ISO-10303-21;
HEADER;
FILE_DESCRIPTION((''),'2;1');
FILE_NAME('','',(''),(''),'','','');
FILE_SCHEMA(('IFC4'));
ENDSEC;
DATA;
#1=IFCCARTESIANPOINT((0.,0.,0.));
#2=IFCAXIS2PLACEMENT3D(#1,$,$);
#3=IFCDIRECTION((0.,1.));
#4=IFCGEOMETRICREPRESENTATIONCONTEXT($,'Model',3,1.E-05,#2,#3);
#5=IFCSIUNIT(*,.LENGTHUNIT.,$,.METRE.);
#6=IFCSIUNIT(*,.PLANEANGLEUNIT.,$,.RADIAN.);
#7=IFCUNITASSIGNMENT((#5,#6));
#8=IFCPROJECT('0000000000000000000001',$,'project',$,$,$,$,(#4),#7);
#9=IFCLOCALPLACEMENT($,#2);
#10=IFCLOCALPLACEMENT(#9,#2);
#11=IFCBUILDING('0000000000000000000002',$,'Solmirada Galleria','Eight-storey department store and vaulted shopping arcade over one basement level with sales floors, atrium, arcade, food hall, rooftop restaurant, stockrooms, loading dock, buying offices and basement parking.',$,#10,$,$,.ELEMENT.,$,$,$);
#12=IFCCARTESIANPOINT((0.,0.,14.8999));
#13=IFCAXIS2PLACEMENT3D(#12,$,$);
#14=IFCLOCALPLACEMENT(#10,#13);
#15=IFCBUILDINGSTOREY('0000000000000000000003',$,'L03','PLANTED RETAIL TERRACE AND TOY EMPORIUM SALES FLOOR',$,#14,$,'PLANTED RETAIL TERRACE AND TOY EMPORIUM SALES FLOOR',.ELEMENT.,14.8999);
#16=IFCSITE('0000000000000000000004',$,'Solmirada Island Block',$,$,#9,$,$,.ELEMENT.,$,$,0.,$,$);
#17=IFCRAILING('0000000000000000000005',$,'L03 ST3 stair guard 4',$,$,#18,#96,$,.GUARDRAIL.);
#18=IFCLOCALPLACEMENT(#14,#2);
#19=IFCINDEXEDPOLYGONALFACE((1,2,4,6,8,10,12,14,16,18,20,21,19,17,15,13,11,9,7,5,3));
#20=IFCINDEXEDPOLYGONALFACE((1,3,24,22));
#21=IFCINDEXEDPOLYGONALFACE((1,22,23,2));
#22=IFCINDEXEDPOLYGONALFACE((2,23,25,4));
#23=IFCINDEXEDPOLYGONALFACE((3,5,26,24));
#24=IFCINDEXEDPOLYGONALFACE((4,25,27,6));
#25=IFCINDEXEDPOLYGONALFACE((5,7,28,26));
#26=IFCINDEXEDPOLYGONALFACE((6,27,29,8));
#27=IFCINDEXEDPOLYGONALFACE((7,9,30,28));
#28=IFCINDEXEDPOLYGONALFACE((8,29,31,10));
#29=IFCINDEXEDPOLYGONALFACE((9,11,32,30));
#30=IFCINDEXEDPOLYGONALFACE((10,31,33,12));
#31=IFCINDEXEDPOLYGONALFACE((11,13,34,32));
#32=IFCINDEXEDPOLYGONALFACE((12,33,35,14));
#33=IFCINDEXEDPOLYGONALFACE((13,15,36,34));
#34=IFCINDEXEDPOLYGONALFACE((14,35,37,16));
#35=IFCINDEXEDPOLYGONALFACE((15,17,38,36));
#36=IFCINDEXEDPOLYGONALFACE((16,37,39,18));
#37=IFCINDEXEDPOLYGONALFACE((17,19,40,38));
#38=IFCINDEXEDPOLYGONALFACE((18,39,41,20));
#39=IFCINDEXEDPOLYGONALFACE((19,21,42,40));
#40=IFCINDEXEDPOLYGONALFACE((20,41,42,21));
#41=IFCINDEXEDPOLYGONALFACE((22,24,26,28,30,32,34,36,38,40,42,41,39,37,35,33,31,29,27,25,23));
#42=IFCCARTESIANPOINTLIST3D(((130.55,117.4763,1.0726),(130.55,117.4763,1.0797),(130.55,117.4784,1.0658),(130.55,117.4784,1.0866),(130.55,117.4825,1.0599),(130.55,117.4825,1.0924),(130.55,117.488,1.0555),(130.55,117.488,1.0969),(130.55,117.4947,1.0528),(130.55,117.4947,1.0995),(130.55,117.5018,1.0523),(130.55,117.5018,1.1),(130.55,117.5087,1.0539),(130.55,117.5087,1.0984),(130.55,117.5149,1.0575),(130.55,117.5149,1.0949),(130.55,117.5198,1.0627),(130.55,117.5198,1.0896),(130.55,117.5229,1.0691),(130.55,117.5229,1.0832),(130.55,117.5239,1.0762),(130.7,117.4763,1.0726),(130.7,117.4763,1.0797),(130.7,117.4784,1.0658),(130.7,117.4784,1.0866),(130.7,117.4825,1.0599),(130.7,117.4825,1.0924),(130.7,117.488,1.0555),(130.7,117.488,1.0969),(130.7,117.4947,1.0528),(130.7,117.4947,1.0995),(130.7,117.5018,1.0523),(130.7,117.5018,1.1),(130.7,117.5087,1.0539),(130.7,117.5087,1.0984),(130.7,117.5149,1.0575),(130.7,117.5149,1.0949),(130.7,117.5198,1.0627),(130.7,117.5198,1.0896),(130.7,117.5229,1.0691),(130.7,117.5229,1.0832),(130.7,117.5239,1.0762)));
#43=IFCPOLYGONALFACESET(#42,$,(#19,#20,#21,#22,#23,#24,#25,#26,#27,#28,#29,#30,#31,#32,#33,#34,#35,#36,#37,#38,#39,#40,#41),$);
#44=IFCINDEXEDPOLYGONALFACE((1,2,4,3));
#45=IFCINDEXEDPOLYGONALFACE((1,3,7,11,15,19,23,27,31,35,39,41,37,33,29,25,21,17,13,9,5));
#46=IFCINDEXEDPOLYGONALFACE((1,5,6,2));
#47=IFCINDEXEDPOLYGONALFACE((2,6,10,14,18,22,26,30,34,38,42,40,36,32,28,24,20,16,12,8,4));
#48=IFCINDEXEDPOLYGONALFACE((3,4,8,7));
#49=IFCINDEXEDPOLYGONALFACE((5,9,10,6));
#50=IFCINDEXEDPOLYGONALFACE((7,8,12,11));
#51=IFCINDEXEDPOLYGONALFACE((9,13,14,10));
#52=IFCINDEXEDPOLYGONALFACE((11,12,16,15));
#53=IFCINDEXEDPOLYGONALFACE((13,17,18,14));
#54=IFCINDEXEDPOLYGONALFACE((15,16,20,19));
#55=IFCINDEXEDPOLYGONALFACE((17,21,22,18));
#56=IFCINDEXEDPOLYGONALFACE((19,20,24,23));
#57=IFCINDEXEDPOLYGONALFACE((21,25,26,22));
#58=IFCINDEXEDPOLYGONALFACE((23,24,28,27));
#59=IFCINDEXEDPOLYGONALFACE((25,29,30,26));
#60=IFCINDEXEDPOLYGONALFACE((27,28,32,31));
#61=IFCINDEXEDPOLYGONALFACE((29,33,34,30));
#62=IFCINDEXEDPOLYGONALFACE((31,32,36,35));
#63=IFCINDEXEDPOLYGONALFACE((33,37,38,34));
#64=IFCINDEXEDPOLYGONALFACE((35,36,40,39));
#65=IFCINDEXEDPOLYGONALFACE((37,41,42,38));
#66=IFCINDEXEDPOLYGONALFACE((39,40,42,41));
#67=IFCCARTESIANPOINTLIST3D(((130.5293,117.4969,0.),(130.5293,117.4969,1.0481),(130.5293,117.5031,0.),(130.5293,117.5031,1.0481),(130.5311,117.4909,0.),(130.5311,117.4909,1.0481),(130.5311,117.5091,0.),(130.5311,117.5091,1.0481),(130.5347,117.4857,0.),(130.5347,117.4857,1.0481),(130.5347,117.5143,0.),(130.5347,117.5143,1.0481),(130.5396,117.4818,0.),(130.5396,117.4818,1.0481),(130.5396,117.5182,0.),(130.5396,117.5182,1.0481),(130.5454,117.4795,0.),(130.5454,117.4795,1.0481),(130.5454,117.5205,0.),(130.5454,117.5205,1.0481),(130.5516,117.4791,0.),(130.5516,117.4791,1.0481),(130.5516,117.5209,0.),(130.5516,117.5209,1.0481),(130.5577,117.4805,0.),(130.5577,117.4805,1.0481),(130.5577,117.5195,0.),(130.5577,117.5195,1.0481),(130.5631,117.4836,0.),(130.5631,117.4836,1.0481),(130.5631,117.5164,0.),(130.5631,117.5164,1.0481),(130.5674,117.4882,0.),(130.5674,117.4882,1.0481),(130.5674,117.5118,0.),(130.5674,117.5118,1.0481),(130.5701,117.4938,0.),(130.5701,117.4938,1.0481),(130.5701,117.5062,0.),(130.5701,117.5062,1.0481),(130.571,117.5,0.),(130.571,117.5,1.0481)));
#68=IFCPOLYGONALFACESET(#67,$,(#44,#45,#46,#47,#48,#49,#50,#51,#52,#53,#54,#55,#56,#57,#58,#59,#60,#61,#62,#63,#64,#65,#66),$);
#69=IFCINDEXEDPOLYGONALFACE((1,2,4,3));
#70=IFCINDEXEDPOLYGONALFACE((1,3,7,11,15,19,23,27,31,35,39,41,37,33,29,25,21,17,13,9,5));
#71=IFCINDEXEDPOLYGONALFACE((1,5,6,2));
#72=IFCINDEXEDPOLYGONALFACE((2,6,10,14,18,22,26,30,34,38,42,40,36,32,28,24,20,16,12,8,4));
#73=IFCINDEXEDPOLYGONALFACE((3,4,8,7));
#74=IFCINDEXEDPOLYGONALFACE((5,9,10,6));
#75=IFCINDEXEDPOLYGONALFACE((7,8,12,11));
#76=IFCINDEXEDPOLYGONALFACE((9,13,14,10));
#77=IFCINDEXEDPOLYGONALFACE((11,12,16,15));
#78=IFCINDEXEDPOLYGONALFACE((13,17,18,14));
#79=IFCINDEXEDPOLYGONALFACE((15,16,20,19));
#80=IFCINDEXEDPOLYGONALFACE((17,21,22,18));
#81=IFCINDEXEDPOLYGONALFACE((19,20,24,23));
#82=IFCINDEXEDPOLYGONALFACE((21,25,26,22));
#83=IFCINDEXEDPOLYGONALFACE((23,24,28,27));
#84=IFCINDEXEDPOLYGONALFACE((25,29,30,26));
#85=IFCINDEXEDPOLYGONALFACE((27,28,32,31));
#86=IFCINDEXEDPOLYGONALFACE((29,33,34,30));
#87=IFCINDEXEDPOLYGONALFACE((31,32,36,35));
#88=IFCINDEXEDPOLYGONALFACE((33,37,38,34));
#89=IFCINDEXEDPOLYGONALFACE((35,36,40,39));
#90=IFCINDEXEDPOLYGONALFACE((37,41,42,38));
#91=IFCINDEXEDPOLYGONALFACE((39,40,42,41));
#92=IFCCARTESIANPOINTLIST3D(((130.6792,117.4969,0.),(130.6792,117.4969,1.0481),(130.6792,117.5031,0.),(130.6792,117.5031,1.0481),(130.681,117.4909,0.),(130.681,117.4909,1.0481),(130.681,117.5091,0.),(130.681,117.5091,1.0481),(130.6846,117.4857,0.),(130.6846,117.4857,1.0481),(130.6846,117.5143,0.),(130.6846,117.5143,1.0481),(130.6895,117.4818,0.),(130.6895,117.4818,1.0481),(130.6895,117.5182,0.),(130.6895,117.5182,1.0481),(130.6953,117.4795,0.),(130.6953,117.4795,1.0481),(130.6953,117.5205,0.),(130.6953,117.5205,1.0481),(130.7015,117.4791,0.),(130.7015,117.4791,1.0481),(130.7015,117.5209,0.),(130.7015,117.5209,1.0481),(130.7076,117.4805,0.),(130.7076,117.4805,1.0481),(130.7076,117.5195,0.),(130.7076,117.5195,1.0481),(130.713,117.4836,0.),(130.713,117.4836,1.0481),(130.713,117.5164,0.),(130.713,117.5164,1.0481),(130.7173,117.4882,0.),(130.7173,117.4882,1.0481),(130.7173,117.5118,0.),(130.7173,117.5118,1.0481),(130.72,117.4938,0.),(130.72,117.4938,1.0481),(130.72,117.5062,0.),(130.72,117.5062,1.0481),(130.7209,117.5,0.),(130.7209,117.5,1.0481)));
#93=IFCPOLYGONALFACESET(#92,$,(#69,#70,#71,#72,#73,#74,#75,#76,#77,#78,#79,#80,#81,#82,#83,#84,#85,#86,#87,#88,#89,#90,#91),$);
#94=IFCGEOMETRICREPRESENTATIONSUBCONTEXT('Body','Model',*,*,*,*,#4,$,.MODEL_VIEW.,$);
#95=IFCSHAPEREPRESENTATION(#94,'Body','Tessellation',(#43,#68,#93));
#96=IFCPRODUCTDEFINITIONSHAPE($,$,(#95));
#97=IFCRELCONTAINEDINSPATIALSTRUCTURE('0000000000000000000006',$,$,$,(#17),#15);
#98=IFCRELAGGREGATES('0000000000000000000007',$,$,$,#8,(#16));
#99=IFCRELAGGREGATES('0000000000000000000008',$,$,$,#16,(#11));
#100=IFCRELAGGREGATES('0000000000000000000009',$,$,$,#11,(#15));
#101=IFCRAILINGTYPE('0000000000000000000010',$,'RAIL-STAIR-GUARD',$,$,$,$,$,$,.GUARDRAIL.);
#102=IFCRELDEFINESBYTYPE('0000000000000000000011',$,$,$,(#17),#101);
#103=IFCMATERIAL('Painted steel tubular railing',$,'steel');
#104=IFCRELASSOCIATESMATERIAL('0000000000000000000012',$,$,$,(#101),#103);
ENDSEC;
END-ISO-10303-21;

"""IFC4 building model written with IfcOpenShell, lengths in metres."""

from ifc_helpers import new_model, si_unit, direction, frame, origin, origin_2d, place, context, subcontext, project, spatial, circle, extrude, material, type_object, element, save


model = new_model("IFC4")

# Units and contexts
model_context = context("Model", 3, precision=1e-05, world=origin(), true_north=direction((0.0, 1.0)))
body_context = subcontext(model_context, "Body", "Model", "MODEL_VIEW")
ifc_project = project(units=[si_unit("LENGTHUNIT", "METRE"), si_unit("PLANEANGLEUNIT", "RADIAN")], contexts=[model_context])

# Site, building, storey
site_placement = place(None, origin())
site = spatial("IfcSite", under=ifc_project, at=site_placement, Name="Solmirada Island Block", CompositionType="ELEMENT", RefElevation=0.0)
building_placement = place(site_placement, origin())
building = spatial("IfcBuilding", under=site, at=building_placement, Name="Solmirada Galleria", Description="Eight-storey department store and vaulted shopping arcade over one basement level with sales floors, atrium, arcade, food hall, rooftop restaurant, stockrooms, loading dock, buying offices and basement parking.", CompositionType="ELEMENT")
storey_placement = place(building_placement, frame((0.0, 0.0, 14.8999)))
storey = spatial("IfcBuildingStorey", under=building, at=storey_placement, Name="L03", Description="PLANTED RETAIL TERRACE AND TOY EMPORIUM SALES FLOOR", LongName="PLANTED RETAIL TERRACE AND TOY EMPORIUM SALES FLOOR", CompositionType="ELEMENT", Elevation=14.8999)

# Railing
ifc_material_1 = material(Name="Painted steel tubular railing", Category="steel")
railing_type_1 = type_object("IfcRailingType", Name="RAIL-STAIR-GUARD", PredefinedType="GUARDRAIL", material=ifc_material_1)
railing_1_placement = place(storey_placement, frame((130.55, 117.5, 0.0)))
element("IfcRailing", 1, at=railing_1_placement, inside=storey, type_object=railing_type_1, Name="L03 ST3 stair guard 4", PredefinedType="GUARDRAIL", context=body_context, shape_type="SweptSolid", body=[
    extrude(circle(Radius=0.0239, at=origin_2d()), frame((0.0, 0.0, 1.0762), z_axis=(1.0, 0.0, 0.0), x_axis=(0.0, 1.0, 0.0)), (0.0, 0.0, 1.0), 0.1499),
    extrude(circle(Radius=0.021, at=origin_2d()), origin(), (0.0, 0.0, 1.0), 1.0481),
    extrude(circle(Radius=0.021, at=origin_2d()), frame((0.1499, 0.0, 0.0)), (0.0, 0.0, 1.0), 1.0481),
])

save(model, "model.ifc")
